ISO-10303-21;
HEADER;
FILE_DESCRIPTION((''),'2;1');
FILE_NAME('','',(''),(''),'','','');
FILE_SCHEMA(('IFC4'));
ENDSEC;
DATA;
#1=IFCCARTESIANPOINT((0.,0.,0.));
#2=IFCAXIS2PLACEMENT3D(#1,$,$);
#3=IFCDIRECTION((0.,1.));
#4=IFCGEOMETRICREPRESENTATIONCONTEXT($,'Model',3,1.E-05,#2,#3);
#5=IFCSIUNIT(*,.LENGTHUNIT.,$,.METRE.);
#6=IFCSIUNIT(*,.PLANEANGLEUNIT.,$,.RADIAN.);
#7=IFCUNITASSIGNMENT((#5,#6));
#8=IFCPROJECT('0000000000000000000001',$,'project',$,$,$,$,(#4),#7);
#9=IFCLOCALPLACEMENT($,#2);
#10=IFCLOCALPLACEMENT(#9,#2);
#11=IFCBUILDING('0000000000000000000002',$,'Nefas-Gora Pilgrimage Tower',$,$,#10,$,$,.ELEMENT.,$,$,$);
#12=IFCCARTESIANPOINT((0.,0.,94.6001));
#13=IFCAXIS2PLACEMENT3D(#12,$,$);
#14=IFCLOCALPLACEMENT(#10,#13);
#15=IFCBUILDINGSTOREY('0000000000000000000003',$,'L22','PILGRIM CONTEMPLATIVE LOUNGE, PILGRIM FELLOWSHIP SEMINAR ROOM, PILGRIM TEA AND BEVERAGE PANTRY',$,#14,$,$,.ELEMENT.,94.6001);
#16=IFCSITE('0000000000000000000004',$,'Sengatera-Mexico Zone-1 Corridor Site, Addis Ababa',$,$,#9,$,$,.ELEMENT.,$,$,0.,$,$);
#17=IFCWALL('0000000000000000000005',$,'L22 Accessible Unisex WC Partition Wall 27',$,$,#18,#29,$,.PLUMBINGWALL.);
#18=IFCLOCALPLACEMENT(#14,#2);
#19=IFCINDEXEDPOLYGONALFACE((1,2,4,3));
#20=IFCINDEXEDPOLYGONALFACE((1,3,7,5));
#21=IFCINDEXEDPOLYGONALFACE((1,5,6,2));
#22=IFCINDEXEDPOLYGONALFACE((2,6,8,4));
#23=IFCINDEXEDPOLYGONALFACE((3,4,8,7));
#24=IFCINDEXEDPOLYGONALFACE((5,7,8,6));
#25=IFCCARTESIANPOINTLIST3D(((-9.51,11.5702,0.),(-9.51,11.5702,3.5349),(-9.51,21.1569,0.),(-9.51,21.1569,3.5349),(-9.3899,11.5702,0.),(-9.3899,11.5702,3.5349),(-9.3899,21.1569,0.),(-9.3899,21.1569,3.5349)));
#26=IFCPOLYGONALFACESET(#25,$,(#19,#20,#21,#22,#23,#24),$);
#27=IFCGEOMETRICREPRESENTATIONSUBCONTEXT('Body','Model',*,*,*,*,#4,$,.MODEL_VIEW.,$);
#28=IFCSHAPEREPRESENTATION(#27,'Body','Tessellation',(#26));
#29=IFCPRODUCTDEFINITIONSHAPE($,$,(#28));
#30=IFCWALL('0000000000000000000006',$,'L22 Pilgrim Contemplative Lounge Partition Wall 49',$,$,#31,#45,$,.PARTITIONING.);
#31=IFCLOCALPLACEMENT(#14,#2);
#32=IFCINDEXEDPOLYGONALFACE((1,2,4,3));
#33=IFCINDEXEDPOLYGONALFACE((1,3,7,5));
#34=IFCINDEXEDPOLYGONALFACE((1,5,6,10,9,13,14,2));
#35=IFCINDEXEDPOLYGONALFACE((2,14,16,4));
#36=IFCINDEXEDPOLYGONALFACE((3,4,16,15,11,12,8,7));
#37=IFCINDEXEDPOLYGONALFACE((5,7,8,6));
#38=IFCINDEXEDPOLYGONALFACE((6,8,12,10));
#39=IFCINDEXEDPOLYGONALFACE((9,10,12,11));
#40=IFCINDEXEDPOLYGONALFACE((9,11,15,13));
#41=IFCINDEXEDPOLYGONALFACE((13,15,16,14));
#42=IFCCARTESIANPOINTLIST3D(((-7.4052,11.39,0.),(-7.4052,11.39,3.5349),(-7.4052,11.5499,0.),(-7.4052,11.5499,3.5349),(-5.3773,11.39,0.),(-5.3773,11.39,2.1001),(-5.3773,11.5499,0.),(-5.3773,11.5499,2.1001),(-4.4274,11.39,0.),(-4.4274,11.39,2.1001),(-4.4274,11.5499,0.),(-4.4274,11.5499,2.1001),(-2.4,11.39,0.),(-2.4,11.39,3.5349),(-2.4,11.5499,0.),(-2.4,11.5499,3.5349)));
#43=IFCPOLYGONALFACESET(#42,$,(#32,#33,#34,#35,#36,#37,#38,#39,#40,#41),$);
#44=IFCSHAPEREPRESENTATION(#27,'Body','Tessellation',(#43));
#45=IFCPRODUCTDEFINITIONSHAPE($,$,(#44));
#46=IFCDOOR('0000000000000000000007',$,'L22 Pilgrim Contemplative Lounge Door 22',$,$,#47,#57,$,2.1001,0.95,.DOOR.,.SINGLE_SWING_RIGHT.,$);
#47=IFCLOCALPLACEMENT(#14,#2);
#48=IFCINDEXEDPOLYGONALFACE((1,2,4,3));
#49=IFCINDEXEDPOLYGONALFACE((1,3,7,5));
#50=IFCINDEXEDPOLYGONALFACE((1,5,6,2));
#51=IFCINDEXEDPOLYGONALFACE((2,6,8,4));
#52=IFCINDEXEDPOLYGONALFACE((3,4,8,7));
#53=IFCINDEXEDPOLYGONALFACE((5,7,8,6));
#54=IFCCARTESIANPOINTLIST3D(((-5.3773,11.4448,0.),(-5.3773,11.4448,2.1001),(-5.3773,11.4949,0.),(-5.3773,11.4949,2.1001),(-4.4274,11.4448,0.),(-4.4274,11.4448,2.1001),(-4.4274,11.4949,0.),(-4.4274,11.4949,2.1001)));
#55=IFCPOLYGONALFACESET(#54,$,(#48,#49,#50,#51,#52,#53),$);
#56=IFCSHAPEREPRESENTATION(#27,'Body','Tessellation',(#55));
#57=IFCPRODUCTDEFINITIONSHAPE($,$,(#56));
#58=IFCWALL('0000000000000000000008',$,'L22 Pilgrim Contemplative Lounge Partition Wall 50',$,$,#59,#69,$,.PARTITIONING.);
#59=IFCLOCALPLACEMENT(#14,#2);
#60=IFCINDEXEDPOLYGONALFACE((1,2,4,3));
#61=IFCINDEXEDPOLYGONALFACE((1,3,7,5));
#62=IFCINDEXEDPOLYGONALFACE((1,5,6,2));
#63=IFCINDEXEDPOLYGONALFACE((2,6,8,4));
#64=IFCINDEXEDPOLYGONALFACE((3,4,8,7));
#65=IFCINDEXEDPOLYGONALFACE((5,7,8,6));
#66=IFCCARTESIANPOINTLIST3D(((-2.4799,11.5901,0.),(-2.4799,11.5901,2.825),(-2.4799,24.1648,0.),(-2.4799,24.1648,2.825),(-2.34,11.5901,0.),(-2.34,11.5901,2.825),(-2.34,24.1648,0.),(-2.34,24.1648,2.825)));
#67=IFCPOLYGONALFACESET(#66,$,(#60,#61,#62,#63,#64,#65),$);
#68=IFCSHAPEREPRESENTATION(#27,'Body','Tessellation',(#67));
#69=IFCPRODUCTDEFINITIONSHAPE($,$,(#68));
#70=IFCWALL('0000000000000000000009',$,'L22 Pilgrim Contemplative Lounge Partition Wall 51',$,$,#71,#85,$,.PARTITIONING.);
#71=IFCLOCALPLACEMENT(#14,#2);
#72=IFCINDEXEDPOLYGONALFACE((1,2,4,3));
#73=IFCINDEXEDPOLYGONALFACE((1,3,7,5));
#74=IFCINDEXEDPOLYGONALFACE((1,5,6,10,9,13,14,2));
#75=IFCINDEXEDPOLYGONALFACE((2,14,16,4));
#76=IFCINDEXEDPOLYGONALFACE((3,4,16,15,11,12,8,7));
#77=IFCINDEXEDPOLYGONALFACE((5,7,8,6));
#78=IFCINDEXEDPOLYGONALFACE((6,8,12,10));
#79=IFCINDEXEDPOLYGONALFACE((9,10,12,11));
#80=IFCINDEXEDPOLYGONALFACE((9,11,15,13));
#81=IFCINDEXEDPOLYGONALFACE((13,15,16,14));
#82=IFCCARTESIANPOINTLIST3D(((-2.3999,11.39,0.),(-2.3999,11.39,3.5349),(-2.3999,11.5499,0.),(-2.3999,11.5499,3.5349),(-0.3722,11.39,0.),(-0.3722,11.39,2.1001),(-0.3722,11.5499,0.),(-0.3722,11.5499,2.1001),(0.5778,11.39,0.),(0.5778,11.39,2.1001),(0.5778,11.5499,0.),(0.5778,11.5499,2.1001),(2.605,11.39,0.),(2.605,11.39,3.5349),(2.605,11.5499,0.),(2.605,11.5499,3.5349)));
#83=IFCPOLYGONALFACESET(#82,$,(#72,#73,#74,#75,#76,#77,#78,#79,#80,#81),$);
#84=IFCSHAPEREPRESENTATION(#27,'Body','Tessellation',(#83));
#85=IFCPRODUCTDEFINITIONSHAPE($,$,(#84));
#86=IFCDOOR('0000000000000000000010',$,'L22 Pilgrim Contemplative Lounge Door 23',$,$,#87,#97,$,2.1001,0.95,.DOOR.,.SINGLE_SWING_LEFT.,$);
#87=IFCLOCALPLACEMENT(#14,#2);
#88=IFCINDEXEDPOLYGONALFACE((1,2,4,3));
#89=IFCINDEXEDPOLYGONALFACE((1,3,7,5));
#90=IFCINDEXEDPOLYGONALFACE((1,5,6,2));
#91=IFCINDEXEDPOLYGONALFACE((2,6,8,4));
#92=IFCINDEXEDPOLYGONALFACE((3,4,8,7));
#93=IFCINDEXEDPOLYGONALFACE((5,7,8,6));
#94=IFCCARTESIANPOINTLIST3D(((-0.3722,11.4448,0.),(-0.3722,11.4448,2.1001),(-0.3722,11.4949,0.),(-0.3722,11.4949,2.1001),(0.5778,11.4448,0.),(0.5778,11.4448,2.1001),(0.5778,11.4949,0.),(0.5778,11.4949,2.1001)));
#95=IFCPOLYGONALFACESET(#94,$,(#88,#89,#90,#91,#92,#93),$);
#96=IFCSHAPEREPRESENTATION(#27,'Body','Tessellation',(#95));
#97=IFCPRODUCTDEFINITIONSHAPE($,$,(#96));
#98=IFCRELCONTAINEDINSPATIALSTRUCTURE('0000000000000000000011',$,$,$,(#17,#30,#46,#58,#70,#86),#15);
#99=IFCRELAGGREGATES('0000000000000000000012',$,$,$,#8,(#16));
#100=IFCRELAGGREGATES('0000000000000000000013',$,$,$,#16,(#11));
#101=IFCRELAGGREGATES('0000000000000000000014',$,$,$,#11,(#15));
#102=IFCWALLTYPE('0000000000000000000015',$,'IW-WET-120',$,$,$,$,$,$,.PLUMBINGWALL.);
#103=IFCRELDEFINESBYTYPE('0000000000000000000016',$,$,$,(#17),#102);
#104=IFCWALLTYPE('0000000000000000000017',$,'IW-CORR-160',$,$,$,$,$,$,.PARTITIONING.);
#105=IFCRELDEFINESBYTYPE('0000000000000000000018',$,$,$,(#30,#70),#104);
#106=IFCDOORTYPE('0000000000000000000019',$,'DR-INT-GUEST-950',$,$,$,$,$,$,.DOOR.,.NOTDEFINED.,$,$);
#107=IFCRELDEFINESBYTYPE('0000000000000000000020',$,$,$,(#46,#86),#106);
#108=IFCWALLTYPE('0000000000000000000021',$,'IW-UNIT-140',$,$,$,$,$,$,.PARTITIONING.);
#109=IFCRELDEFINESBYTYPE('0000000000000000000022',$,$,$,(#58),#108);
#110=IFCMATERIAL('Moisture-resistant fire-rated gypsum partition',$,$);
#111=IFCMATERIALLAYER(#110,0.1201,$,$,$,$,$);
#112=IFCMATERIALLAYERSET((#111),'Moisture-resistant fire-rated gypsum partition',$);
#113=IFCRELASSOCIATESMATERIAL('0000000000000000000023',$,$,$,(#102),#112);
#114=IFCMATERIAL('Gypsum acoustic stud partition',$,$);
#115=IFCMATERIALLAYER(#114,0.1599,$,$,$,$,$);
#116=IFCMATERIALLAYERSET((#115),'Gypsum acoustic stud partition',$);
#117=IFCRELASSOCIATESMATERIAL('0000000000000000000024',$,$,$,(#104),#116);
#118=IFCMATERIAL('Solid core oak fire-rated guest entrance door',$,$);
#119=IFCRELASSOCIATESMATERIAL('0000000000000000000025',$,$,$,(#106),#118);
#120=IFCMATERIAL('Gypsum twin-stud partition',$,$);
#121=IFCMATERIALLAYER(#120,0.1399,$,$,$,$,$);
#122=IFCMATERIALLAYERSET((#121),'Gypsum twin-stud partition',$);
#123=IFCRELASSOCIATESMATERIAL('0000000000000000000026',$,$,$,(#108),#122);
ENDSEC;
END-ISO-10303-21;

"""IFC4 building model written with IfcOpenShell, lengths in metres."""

from ifc_helpers import new_model, si_unit, direction, frame, frame_2d, origin, place, context, subcontext, project, spatial, rectangle, extrude, source, transform, mapped, material, layer, layer_set, type_object, element, fill, save


model = new_model("IFC4")

# Units and contexts
model_context = context("Model", 3, precision=1e-05, world=origin(), true_north=direction((0.0, 1.0)))
body_context = subcontext(model_context, "Body", "Model", "MODEL_VIEW")
ifc_project = project(units=[si_unit("LENGTHUNIT", "METRE"), si_unit("PLANEANGLEUNIT", "RADIAN")], contexts=[model_context])

# Site, building, storey
site_placement = place(None, origin())
site = spatial("IfcSite", under=ifc_project, at=site_placement, Name="Sengatera-Mexico Zone-1 Corridor Site, Addis Ababa", CompositionType="ELEMENT", RefElevation=0.0)
building_placement = place(site_placement, origin())
building = spatial("IfcBuilding", under=site, at=building_placement, Name="Nefas-Gora Pilgrimage Tower", CompositionType="ELEMENT")
storey_placement = place(building_placement, frame((0.0, 0.0, 94.6001)))
storey = spatial("IfcBuildingStorey", under=building, at=storey_placement, Name="L22", Description="PILGRIM CONTEMPLATIVE LOUNGE, PILGRIM FELLOWSHIP SEMINAR ROOM, PILGRIM TEA AND BEVERAGE PANTRY", CompositionType="ELEMENT", Elevation=94.6001)

# Wall
ifc_material_1 = material(Name="Moisture-resistant fire-rated gypsum partition")
ifc_layer_1 = layer(ifc_material_1, 0.1201)
ifc_layer_set_1 = layer_set([ifc_layer_1], Name="Moisture-resistant fire-rated gypsum partition")
wall_type_1 = type_object("IfcWallType", Name="IW-WET-120", PredefinedType="PLUMBINGWALL", material=ifc_layer_set_1)
shared_shape_1 = source(origin(), body_context, "Body", "SweptSolid", [
    extrude(rectangle(XDim=9.5867, YDim=0.1201, at=frame_2d((4.7935, 0.0))), origin(), (0.0, 0.0, 1.0), 3.5349),
])
wall_1_placement = place(storey_placement, frame((-9.45, 11.5701, 0.0), z_axis=(0.0, 0.0, 1.0), x_axis=(0.0, 1.0, 0.0)))
element("IfcWall", 1, at=wall_1_placement, inside=storey, type_object=wall_type_1, Name="L22 Accessible Unisex WC Partition Wall 27", PredefinedType="PLUMBINGWALL", context=body_context, shape_type="MappedRepresentation", body=[
    mapped(shared_shape_1, transform((0.0, 0.0, 0.0), x_axis=(1.0, 0.0, 0.0), y_axis=(0.0, 1.0, 0.0), z_axis=(0.0, 0.0, 1.0), scale=1.0)),
])

# Wall, opening, door
ifc_material_2 = material(Name="Gypsum acoustic stud partition")
ifc_layer_2 = layer(ifc_material_2, 0.1599)
ifc_layer_set_2 = layer_set([ifc_layer_2], Name="Gypsum acoustic stud partition")
wall_type_2 = type_object("IfcWallType", Name="IW-CORR-160", PredefinedType="PARTITIONING", material=ifc_layer_set_2)
shared_shape_2 = source(origin(), body_context, "Body", "SweptSolid", [
    extrude(rectangle(XDim=5.0051, YDim=0.1599, at=frame_2d((2.5024, 0.0))), origin(), (0.0, 0.0, 1.0), 3.5349),
])
wall_2_placement = place(storey_placement, frame((-7.405, 11.47, 0.0), z_axis=(0.0, 0.0, 1.0), x_axis=(1.0, 0.0, 0.0)))
wall_2 = element("IfcWall", 2, at=wall_2_placement, inside=storey, type_object=wall_type_2, Name="L22 Pilgrim Contemplative Lounge Partition Wall 49", PredefinedType="PARTITIONING", context=body_context, shape_type="MappedRepresentation", body=[
    mapped(shared_shape_2, transform((0.0, 0.0, 0.0), x_axis=(1.0, 0.0, 0.0), y_axis=(0.0, 1.0, 0.0), z_axis=(0.0, 0.0, 1.0), scale=1.0)),
])
opening_1_placement = place(wall_2_placement, frame((2.0276, 0.0, 0.0)))
opening_1 = element("IfcOpeningElement", 3, at=opening_1_placement, cuts=wall_2, PredefinedType="OPENING", context=body_context, shape_type="SweptSolid", body=[
    extrude(rectangle(XDim=0.95, YDim=2.1001, at=frame_2d((0.4751, 1.05))), frame((0.0, 0.0898, 0.0), z_axis=(0.0, -1.0, 0.0), x_axis=(1.0, 0.0, 0.0)), (0.0, 0.0, 1.0), 0.1799),
])
ifc_material_3 = material(Name="Solid core oak fire-rated guest entrance door")
door_type = type_object("IfcDoorType", Name="DR-INT-GUEST-950", OperationType="NOTDEFINED", PredefinedType="DOOR", material=ifc_material_3)
shared_shape_3 = source(origin(), body_context, "Body", "SweptSolid", [
    extrude(rectangle(XDim=0.95, YDim=2.1001, at=frame_2d((0.4751, 1.05))), frame((0.0, 0.0249, 0.0), z_axis=(0.0, -1.0, 0.0), x_axis=(1.0, 0.0, 0.0)), (0.0, 0.0, 1.0), 0.05),
])
door_1_placement = place(opening_1_placement, origin())
door_1 = element("IfcDoor", 4, at=door_1_placement, inside=storey, type_object=door_type, Name="L22 Pilgrim Contemplative Lounge Door 22", OperationType="SINGLE_SWING_RIGHT", OverallHeight=2.1001, OverallWidth=0.95, PredefinedType="DOOR", context=body_context, shape_type="MappedRepresentation", body=[
    mapped(shared_shape_3, transform((0.0, 0.0, 0.0), x_axis=(1.0, 0.0, 0.0), y_axis=(0.0, 1.0, 0.0), z_axis=(0.0, 0.0, 1.0), scale=1.0)),
])
fill(opening_1, door_1)

# Wall
ifc_material_4 = material(Name="Gypsum twin-stud partition")
ifc_layer_3 = layer(ifc_material_4, 0.1399)
ifc_layer_set_3 = layer_set([ifc_layer_3], Name="Gypsum twin-stud partition")
wall_type_3 = type_object("IfcWallType", Name="IW-UNIT-140", PredefinedType="PARTITIONING", material=ifc_layer_set_3)
shared_shape_4 = source(origin(), body_context, "Body", "SweptSolid", [
    extrude(rectangle(XDim=12.5747, YDim=0.1399, at=frame_2d((6.2874, 0.0))), origin(), (0.0, 0.0, 1.0), 2.825),
])
wall_3_placement = place(storey_placement, frame((-2.4099, 11.5901, 0.0), z_axis=(0.0, 0.0, 1.0), x_axis=(0.0, 1.0, 0.0)))
element("IfcWall", 5, at=wall_3_placement, inside=storey, type_object=wall_type_3, Name="L22 Pilgrim Contemplative Lounge Partition Wall 50", PredefinedType="PARTITIONING", context=body_context, shape_type="MappedRepresentation", body=[
    mapped(shared_shape_4, transform((0.0, 0.0, 0.0), x_axis=(1.0, 0.0, 0.0), y_axis=(0.0, 1.0, 0.0), z_axis=(0.0, 0.0, 1.0), scale=1.0)),
])

# Wall, opening, door
shared_shape_5 = source(origin(), body_context, "Body", "SweptSolid", [
    extrude(rectangle(XDim=5.0049, YDim=0.1599, at=frame_2d((2.5024, 0.0))), origin(), (0.0, 0.0, 1.0), 3.5349),
])
wall_4_placement = place(storey_placement, frame((-2.3999, 11.47, 0.0), z_axis=(0.0, 0.0, 1.0), x_axis=(1.0, 0.0, 0.0)))
wall_4 = element("IfcWall", 6, at=wall_4_placement, inside=storey, type_object=wall_type_2, Name="L22 Pilgrim Contemplative Lounge Partition Wall 51", PredefinedType="PARTITIONING", context=body_context, shape_type="MappedRepresentation", body=[
    mapped(shared_shape_5, transform((0.0, 0.0, 0.0), x_axis=(1.0, 0.0, 0.0), y_axis=(0.0, 1.0, 0.0), z_axis=(0.0, 0.0, 1.0), scale=1.0)),
])
opening_2_placement = place(wall_4_placement, frame((2.0276, 0.0, 0.0)))
opening_2 = element("IfcOpeningElement", 7, at=opening_2_placement, cuts=wall_4, PredefinedType="OPENING", context=body_context, shape_type="SweptSolid", body=[
    extrude(rectangle(XDim=0.95, YDim=2.1001, at=frame_2d((0.4751, 1.05))), frame((0.0, 0.0898, 0.0), z_axis=(0.0, -1.0, 0.0), x_axis=(1.0, 0.0, 0.0)), (0.0, 0.0, 1.0), 0.1799),
])
door_2_placement = place(opening_2_placement, origin())
door_2 = element("IfcDoor", 8, at=door_2_placement, inside=storey, type_object=door_type, Name="L22 Pilgrim Contemplative Lounge Door 23", OperationType="SINGLE_SWING_LEFT", OverallHeight=2.1001, OverallWidth=0.95, PredefinedType="DOOR", context=body_context, shape_type="MappedRepresentation", body=[
    mapped(shared_shape_3, transform((0.0, 0.0, 0.0), x_axis=(1.0, 0.0, 0.0), y_axis=(0.0, 1.0, 0.0), z_axis=(0.0, 0.0, 1.0), scale=1.0)),
])
fill(opening_2, door_2)

save(model, "model.ifc")
